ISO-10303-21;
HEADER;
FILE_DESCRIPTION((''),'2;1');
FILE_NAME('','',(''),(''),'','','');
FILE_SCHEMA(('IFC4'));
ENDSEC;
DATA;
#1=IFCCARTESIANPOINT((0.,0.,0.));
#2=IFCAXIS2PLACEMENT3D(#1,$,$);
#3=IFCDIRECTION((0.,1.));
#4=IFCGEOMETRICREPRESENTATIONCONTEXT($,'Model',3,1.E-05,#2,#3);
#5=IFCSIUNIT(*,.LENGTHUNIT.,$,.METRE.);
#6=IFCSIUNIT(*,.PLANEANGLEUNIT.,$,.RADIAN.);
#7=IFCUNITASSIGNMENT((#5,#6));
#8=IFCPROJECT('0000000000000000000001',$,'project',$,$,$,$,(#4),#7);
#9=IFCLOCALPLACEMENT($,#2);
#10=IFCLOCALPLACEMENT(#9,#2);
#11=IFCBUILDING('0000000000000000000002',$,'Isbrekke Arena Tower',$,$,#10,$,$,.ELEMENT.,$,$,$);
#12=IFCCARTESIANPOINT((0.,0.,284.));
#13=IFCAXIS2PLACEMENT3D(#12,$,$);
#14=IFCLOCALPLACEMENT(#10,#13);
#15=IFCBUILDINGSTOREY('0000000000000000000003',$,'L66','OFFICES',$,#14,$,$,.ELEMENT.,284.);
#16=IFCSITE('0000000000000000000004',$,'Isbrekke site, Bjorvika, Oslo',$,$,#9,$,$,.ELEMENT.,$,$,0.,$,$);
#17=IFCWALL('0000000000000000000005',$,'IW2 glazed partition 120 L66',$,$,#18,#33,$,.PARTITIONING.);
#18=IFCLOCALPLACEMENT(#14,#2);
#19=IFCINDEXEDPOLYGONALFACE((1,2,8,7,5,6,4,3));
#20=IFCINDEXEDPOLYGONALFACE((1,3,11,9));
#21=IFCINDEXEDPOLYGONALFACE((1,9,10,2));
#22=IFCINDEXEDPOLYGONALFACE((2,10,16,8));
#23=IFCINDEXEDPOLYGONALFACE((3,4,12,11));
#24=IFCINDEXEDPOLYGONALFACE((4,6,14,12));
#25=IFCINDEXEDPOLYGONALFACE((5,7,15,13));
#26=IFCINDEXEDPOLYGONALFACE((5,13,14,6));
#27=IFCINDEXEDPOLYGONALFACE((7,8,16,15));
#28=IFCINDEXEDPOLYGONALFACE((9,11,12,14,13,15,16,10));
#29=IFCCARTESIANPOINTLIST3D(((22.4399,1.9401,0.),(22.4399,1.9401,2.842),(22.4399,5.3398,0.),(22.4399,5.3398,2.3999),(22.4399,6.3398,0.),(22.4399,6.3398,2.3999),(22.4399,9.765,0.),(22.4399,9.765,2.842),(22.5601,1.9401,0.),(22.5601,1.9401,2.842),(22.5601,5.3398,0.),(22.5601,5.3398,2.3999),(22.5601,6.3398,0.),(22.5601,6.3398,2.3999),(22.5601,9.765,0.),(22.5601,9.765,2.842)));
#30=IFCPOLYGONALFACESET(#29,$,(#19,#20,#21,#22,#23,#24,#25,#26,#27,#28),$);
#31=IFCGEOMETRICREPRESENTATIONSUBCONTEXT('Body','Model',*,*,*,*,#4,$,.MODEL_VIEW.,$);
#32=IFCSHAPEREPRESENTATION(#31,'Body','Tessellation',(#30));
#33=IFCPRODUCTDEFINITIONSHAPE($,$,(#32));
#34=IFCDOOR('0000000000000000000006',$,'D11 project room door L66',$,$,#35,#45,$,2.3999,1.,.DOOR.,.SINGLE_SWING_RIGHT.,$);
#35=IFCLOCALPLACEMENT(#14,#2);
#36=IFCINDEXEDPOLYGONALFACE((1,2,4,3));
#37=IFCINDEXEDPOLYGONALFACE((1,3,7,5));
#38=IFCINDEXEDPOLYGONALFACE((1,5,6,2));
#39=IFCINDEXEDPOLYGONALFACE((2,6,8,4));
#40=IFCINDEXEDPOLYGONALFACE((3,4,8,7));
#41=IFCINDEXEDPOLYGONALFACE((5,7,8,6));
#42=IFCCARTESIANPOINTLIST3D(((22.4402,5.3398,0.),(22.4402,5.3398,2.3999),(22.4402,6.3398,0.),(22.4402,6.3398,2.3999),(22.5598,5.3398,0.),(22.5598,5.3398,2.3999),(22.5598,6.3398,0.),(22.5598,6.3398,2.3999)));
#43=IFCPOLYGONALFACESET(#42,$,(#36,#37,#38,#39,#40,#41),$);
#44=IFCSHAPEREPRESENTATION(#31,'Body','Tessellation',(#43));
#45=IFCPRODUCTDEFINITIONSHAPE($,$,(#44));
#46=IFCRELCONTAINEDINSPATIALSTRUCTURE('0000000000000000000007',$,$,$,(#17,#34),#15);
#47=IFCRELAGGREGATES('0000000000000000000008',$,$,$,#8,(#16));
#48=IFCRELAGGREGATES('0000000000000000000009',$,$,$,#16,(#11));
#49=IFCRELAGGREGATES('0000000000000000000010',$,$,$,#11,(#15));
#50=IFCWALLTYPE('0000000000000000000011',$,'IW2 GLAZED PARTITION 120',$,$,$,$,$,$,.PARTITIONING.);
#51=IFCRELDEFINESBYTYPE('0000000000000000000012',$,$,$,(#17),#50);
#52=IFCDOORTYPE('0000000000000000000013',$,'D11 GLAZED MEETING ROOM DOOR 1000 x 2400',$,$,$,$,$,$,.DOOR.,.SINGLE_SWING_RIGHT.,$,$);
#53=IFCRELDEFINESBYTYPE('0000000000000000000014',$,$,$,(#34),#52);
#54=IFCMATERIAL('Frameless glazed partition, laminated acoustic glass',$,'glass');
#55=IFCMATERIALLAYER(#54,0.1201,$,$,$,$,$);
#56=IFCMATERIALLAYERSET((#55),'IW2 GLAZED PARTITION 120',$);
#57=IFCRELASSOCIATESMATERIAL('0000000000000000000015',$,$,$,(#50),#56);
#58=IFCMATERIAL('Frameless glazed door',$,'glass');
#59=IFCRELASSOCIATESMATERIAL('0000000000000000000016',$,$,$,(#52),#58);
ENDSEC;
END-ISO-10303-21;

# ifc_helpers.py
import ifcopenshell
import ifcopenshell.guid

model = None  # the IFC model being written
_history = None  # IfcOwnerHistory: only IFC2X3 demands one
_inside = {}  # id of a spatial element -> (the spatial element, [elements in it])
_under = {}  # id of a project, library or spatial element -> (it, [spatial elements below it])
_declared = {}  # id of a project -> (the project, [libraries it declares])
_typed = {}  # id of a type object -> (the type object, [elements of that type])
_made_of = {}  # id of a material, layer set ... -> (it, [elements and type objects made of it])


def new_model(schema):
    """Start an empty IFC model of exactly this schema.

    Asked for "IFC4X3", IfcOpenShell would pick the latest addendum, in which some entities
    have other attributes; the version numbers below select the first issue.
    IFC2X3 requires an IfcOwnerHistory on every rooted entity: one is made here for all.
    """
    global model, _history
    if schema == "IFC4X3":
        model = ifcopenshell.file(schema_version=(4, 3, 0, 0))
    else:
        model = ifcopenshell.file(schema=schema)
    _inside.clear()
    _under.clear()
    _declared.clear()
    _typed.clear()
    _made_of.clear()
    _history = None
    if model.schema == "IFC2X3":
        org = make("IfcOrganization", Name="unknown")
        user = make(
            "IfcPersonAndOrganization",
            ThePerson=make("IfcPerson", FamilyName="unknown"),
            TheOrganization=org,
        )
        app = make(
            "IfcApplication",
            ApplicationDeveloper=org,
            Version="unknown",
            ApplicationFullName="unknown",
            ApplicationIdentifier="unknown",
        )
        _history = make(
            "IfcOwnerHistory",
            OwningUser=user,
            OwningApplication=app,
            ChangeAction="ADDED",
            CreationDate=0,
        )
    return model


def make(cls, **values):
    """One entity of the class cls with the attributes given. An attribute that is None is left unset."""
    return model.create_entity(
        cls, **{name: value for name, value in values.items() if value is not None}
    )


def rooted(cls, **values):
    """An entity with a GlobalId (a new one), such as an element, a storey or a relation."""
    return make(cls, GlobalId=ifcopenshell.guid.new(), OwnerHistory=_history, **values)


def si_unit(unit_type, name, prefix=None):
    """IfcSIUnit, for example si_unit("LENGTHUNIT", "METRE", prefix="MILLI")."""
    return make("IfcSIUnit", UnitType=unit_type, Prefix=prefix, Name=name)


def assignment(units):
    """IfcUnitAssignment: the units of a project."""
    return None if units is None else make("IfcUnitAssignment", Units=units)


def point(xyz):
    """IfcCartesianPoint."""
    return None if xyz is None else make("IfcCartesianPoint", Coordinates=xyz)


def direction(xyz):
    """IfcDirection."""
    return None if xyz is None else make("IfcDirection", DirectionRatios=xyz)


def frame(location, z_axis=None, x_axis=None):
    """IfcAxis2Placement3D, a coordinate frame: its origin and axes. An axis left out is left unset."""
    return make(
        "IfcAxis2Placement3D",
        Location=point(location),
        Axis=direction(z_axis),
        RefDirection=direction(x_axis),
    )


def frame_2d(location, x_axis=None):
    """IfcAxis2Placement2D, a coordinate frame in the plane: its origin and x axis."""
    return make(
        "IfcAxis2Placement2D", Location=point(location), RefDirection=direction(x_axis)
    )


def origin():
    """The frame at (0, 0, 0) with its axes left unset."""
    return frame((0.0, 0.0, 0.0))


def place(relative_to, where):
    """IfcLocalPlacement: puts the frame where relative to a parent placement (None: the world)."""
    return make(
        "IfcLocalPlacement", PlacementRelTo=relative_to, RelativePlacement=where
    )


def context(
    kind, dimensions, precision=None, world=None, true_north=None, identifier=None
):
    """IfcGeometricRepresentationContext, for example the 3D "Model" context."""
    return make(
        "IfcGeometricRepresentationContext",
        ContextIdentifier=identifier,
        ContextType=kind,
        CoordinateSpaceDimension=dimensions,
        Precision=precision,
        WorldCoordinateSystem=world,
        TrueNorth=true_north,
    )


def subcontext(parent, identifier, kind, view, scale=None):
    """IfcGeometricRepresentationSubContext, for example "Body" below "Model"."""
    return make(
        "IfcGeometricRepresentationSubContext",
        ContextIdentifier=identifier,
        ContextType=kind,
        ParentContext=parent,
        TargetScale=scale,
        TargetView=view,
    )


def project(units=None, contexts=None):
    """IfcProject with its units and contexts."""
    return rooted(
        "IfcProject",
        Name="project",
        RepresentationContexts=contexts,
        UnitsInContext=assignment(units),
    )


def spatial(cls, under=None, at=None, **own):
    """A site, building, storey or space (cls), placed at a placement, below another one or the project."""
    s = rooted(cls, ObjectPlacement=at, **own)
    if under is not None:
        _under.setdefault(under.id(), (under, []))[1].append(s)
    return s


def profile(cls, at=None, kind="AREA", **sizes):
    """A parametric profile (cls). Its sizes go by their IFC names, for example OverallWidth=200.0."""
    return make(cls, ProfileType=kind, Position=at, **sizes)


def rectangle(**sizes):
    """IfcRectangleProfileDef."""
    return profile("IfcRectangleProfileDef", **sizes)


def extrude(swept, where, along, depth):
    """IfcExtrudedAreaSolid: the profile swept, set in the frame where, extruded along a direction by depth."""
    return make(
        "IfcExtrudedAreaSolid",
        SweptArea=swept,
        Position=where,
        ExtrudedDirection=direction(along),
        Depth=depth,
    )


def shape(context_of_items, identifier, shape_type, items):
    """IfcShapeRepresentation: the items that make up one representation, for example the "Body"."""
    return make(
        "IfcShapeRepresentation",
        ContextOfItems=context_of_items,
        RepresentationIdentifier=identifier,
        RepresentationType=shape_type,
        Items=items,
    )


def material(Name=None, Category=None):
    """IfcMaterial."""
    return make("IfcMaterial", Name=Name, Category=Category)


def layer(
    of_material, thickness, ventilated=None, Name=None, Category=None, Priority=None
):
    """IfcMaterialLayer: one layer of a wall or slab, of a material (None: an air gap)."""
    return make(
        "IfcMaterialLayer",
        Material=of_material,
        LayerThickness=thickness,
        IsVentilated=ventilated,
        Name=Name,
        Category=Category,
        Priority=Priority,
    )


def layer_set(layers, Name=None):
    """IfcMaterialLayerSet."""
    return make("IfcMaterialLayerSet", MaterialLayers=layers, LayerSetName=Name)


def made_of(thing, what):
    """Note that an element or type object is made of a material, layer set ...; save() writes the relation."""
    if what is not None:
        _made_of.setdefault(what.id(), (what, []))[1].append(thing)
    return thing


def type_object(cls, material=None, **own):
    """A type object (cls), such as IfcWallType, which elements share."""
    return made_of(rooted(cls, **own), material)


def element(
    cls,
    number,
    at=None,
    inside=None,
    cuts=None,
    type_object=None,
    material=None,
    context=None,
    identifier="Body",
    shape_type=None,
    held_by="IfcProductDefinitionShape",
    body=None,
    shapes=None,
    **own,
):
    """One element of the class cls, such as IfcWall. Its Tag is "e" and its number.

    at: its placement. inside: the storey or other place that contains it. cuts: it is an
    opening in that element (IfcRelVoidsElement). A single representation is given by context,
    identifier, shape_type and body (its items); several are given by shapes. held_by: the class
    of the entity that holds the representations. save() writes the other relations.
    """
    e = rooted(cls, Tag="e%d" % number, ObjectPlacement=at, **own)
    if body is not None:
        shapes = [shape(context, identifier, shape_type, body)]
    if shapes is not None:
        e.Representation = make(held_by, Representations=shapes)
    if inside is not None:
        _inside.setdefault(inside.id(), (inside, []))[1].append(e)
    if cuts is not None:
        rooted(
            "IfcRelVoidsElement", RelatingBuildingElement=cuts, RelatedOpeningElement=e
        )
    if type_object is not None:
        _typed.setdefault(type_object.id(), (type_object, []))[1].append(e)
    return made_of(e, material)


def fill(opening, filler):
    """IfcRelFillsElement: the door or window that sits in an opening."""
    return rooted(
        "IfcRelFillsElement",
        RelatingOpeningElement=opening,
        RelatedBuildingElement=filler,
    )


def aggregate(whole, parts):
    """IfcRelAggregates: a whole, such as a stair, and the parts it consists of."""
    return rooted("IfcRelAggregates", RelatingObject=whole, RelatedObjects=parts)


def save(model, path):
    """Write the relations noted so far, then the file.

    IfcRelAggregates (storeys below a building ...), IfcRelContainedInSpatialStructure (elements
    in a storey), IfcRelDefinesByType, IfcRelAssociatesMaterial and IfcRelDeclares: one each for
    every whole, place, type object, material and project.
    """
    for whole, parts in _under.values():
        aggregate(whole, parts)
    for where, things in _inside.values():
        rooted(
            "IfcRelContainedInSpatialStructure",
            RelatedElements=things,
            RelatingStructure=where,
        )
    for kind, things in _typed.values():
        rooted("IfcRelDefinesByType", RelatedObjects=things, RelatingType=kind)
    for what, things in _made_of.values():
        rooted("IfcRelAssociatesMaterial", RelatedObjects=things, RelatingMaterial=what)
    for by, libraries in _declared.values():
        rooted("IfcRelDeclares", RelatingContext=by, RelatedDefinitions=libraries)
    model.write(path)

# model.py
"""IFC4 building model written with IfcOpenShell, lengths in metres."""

from ifc_helpers import new_model, si_unit, direction, frame, frame_2d, origin, place, context, subcontext, project, spatial, rectangle, extrude, material, layer, layer_set, type_object, element, fill, save


model = new_model("IFC4")

# Units and contexts
model_context = context("Model", 3, precision=1e-05, world=origin(), true_north=direction((0.0, 1.0)))
body_context = subcontext(model_context, "Body", "Model", "MODEL_VIEW")
ifc_project = project(units=[si_unit("LENGTHUNIT", "METRE"), si_unit("PLANEANGLEUNIT", "RADIAN")], contexts=[model_context])

# Site, building, storey
site_placement = place(None, origin())
site = spatial("IfcSite", under=ifc_project, at=site_placement, Name="Isbrekke site, Bjorvika, Oslo", CompositionType="ELEMENT", RefElevation=0.0)
building_placement = place(site_placement, origin())
building = spatial("IfcBuilding", under=site, at=building_placement, Name="Isbrekke Arena Tower", CompositionType="ELEMENT")
storey_placement = place(building_placement, frame((0.0, 0.0, 284.0)))
storey = spatial("IfcBuildingStorey", under=building, at=storey_placement, Name="L66", Description="OFFICES", CompositionType="ELEMENT", Elevation=284.0)

# Wall, opening, door
ifc_material_1 = material(Name="Frameless glazed partition, laminated acoustic glass", Category="glass")
ifc_layer_1 = layer(ifc_material_1, 0.1201)
ifc_layer_set_1 = layer_set([ifc_layer_1], Name="IW2 GLAZED PARTITION 120")
wall_type_1 = type_object("IfcWallType", Name="IW2 GLAZED PARTITION 120", PredefinedType="PARTITIONING", material=ifc_layer_set_1)
wall_1_placement = place(storey_placement, frame((22.5, 1.9399, 0.0), z_axis=(0.0, 0.0, 1.0), x_axis=(0.0, 1.0, 0.0)))
wall_1 = element("IfcWall", 1, at=wall_1_placement, inside=storey, type_object=wall_type_1, Name="IW2 glazed partition 120 L66", PredefinedType="PARTITIONING", context=body_context, shape_type="SweptSolid", body=[
    extrude(rectangle(XDim=7.825, YDim=0.1201, at=frame_2d((3.9126, 0.0))), origin(), (0.0, 0.0, 1.0), 2.842),
])
opening_1_placement = place(wall_1_placement, frame((3.3999, 0.0, 0.0)))
opening_1 = element("IfcOpeningElement", 2, at=opening_1_placement, cuts=wall_1, PredefinedType="OPENING", context=body_context, shape_type="SweptSolid", body=[
    extrude(rectangle(XDim=1.0, YDim=2.3999, at=frame_2d((0.5, 1.2))), frame((0.0, 0.075, 0.0), z_axis=(0.0, -1.0, 0.0), x_axis=(1.0, 0.0, 0.0)), (0.0, 0.0, 1.0), 0.1499),
])
ifc_material_2 = material(Name="Frameless glazed door", Category="glass")
door_type_1 = type_object("IfcDoorType", Name="D11 GLAZED MEETING ROOM DOOR 1000 x 2400", OperationType="SINGLE_SWING_RIGHT", PredefinedType="DOOR", material=ifc_material_2)
door_1_placement = place(opening_1_placement, origin())
door_1 = element("IfcDoor", 3, at=door_1_placement, inside=storey, type_object=door_type_1, Name="D11 project room door L66", OperationType="SINGLE_SWING_RIGHT", OverallHeight=2.3999, OverallWidth=1.0, PredefinedType="DOOR", context=body_context, shape_type="SweptSolid", body=[
    extrude(rectangle(XDim=1.0, YDim=2.3999, at=frame_2d((0.5, 1.2))), frame((0.0, 0.0598, 0.0), z_axis=(0.0, -1.0, 0.0), x_axis=(1.0, 0.0, 0.0)), (0.0, 0.0, 1.0), 0.1196),
])
fill(opening_1, door_1)

save(model, "model.ifc")
